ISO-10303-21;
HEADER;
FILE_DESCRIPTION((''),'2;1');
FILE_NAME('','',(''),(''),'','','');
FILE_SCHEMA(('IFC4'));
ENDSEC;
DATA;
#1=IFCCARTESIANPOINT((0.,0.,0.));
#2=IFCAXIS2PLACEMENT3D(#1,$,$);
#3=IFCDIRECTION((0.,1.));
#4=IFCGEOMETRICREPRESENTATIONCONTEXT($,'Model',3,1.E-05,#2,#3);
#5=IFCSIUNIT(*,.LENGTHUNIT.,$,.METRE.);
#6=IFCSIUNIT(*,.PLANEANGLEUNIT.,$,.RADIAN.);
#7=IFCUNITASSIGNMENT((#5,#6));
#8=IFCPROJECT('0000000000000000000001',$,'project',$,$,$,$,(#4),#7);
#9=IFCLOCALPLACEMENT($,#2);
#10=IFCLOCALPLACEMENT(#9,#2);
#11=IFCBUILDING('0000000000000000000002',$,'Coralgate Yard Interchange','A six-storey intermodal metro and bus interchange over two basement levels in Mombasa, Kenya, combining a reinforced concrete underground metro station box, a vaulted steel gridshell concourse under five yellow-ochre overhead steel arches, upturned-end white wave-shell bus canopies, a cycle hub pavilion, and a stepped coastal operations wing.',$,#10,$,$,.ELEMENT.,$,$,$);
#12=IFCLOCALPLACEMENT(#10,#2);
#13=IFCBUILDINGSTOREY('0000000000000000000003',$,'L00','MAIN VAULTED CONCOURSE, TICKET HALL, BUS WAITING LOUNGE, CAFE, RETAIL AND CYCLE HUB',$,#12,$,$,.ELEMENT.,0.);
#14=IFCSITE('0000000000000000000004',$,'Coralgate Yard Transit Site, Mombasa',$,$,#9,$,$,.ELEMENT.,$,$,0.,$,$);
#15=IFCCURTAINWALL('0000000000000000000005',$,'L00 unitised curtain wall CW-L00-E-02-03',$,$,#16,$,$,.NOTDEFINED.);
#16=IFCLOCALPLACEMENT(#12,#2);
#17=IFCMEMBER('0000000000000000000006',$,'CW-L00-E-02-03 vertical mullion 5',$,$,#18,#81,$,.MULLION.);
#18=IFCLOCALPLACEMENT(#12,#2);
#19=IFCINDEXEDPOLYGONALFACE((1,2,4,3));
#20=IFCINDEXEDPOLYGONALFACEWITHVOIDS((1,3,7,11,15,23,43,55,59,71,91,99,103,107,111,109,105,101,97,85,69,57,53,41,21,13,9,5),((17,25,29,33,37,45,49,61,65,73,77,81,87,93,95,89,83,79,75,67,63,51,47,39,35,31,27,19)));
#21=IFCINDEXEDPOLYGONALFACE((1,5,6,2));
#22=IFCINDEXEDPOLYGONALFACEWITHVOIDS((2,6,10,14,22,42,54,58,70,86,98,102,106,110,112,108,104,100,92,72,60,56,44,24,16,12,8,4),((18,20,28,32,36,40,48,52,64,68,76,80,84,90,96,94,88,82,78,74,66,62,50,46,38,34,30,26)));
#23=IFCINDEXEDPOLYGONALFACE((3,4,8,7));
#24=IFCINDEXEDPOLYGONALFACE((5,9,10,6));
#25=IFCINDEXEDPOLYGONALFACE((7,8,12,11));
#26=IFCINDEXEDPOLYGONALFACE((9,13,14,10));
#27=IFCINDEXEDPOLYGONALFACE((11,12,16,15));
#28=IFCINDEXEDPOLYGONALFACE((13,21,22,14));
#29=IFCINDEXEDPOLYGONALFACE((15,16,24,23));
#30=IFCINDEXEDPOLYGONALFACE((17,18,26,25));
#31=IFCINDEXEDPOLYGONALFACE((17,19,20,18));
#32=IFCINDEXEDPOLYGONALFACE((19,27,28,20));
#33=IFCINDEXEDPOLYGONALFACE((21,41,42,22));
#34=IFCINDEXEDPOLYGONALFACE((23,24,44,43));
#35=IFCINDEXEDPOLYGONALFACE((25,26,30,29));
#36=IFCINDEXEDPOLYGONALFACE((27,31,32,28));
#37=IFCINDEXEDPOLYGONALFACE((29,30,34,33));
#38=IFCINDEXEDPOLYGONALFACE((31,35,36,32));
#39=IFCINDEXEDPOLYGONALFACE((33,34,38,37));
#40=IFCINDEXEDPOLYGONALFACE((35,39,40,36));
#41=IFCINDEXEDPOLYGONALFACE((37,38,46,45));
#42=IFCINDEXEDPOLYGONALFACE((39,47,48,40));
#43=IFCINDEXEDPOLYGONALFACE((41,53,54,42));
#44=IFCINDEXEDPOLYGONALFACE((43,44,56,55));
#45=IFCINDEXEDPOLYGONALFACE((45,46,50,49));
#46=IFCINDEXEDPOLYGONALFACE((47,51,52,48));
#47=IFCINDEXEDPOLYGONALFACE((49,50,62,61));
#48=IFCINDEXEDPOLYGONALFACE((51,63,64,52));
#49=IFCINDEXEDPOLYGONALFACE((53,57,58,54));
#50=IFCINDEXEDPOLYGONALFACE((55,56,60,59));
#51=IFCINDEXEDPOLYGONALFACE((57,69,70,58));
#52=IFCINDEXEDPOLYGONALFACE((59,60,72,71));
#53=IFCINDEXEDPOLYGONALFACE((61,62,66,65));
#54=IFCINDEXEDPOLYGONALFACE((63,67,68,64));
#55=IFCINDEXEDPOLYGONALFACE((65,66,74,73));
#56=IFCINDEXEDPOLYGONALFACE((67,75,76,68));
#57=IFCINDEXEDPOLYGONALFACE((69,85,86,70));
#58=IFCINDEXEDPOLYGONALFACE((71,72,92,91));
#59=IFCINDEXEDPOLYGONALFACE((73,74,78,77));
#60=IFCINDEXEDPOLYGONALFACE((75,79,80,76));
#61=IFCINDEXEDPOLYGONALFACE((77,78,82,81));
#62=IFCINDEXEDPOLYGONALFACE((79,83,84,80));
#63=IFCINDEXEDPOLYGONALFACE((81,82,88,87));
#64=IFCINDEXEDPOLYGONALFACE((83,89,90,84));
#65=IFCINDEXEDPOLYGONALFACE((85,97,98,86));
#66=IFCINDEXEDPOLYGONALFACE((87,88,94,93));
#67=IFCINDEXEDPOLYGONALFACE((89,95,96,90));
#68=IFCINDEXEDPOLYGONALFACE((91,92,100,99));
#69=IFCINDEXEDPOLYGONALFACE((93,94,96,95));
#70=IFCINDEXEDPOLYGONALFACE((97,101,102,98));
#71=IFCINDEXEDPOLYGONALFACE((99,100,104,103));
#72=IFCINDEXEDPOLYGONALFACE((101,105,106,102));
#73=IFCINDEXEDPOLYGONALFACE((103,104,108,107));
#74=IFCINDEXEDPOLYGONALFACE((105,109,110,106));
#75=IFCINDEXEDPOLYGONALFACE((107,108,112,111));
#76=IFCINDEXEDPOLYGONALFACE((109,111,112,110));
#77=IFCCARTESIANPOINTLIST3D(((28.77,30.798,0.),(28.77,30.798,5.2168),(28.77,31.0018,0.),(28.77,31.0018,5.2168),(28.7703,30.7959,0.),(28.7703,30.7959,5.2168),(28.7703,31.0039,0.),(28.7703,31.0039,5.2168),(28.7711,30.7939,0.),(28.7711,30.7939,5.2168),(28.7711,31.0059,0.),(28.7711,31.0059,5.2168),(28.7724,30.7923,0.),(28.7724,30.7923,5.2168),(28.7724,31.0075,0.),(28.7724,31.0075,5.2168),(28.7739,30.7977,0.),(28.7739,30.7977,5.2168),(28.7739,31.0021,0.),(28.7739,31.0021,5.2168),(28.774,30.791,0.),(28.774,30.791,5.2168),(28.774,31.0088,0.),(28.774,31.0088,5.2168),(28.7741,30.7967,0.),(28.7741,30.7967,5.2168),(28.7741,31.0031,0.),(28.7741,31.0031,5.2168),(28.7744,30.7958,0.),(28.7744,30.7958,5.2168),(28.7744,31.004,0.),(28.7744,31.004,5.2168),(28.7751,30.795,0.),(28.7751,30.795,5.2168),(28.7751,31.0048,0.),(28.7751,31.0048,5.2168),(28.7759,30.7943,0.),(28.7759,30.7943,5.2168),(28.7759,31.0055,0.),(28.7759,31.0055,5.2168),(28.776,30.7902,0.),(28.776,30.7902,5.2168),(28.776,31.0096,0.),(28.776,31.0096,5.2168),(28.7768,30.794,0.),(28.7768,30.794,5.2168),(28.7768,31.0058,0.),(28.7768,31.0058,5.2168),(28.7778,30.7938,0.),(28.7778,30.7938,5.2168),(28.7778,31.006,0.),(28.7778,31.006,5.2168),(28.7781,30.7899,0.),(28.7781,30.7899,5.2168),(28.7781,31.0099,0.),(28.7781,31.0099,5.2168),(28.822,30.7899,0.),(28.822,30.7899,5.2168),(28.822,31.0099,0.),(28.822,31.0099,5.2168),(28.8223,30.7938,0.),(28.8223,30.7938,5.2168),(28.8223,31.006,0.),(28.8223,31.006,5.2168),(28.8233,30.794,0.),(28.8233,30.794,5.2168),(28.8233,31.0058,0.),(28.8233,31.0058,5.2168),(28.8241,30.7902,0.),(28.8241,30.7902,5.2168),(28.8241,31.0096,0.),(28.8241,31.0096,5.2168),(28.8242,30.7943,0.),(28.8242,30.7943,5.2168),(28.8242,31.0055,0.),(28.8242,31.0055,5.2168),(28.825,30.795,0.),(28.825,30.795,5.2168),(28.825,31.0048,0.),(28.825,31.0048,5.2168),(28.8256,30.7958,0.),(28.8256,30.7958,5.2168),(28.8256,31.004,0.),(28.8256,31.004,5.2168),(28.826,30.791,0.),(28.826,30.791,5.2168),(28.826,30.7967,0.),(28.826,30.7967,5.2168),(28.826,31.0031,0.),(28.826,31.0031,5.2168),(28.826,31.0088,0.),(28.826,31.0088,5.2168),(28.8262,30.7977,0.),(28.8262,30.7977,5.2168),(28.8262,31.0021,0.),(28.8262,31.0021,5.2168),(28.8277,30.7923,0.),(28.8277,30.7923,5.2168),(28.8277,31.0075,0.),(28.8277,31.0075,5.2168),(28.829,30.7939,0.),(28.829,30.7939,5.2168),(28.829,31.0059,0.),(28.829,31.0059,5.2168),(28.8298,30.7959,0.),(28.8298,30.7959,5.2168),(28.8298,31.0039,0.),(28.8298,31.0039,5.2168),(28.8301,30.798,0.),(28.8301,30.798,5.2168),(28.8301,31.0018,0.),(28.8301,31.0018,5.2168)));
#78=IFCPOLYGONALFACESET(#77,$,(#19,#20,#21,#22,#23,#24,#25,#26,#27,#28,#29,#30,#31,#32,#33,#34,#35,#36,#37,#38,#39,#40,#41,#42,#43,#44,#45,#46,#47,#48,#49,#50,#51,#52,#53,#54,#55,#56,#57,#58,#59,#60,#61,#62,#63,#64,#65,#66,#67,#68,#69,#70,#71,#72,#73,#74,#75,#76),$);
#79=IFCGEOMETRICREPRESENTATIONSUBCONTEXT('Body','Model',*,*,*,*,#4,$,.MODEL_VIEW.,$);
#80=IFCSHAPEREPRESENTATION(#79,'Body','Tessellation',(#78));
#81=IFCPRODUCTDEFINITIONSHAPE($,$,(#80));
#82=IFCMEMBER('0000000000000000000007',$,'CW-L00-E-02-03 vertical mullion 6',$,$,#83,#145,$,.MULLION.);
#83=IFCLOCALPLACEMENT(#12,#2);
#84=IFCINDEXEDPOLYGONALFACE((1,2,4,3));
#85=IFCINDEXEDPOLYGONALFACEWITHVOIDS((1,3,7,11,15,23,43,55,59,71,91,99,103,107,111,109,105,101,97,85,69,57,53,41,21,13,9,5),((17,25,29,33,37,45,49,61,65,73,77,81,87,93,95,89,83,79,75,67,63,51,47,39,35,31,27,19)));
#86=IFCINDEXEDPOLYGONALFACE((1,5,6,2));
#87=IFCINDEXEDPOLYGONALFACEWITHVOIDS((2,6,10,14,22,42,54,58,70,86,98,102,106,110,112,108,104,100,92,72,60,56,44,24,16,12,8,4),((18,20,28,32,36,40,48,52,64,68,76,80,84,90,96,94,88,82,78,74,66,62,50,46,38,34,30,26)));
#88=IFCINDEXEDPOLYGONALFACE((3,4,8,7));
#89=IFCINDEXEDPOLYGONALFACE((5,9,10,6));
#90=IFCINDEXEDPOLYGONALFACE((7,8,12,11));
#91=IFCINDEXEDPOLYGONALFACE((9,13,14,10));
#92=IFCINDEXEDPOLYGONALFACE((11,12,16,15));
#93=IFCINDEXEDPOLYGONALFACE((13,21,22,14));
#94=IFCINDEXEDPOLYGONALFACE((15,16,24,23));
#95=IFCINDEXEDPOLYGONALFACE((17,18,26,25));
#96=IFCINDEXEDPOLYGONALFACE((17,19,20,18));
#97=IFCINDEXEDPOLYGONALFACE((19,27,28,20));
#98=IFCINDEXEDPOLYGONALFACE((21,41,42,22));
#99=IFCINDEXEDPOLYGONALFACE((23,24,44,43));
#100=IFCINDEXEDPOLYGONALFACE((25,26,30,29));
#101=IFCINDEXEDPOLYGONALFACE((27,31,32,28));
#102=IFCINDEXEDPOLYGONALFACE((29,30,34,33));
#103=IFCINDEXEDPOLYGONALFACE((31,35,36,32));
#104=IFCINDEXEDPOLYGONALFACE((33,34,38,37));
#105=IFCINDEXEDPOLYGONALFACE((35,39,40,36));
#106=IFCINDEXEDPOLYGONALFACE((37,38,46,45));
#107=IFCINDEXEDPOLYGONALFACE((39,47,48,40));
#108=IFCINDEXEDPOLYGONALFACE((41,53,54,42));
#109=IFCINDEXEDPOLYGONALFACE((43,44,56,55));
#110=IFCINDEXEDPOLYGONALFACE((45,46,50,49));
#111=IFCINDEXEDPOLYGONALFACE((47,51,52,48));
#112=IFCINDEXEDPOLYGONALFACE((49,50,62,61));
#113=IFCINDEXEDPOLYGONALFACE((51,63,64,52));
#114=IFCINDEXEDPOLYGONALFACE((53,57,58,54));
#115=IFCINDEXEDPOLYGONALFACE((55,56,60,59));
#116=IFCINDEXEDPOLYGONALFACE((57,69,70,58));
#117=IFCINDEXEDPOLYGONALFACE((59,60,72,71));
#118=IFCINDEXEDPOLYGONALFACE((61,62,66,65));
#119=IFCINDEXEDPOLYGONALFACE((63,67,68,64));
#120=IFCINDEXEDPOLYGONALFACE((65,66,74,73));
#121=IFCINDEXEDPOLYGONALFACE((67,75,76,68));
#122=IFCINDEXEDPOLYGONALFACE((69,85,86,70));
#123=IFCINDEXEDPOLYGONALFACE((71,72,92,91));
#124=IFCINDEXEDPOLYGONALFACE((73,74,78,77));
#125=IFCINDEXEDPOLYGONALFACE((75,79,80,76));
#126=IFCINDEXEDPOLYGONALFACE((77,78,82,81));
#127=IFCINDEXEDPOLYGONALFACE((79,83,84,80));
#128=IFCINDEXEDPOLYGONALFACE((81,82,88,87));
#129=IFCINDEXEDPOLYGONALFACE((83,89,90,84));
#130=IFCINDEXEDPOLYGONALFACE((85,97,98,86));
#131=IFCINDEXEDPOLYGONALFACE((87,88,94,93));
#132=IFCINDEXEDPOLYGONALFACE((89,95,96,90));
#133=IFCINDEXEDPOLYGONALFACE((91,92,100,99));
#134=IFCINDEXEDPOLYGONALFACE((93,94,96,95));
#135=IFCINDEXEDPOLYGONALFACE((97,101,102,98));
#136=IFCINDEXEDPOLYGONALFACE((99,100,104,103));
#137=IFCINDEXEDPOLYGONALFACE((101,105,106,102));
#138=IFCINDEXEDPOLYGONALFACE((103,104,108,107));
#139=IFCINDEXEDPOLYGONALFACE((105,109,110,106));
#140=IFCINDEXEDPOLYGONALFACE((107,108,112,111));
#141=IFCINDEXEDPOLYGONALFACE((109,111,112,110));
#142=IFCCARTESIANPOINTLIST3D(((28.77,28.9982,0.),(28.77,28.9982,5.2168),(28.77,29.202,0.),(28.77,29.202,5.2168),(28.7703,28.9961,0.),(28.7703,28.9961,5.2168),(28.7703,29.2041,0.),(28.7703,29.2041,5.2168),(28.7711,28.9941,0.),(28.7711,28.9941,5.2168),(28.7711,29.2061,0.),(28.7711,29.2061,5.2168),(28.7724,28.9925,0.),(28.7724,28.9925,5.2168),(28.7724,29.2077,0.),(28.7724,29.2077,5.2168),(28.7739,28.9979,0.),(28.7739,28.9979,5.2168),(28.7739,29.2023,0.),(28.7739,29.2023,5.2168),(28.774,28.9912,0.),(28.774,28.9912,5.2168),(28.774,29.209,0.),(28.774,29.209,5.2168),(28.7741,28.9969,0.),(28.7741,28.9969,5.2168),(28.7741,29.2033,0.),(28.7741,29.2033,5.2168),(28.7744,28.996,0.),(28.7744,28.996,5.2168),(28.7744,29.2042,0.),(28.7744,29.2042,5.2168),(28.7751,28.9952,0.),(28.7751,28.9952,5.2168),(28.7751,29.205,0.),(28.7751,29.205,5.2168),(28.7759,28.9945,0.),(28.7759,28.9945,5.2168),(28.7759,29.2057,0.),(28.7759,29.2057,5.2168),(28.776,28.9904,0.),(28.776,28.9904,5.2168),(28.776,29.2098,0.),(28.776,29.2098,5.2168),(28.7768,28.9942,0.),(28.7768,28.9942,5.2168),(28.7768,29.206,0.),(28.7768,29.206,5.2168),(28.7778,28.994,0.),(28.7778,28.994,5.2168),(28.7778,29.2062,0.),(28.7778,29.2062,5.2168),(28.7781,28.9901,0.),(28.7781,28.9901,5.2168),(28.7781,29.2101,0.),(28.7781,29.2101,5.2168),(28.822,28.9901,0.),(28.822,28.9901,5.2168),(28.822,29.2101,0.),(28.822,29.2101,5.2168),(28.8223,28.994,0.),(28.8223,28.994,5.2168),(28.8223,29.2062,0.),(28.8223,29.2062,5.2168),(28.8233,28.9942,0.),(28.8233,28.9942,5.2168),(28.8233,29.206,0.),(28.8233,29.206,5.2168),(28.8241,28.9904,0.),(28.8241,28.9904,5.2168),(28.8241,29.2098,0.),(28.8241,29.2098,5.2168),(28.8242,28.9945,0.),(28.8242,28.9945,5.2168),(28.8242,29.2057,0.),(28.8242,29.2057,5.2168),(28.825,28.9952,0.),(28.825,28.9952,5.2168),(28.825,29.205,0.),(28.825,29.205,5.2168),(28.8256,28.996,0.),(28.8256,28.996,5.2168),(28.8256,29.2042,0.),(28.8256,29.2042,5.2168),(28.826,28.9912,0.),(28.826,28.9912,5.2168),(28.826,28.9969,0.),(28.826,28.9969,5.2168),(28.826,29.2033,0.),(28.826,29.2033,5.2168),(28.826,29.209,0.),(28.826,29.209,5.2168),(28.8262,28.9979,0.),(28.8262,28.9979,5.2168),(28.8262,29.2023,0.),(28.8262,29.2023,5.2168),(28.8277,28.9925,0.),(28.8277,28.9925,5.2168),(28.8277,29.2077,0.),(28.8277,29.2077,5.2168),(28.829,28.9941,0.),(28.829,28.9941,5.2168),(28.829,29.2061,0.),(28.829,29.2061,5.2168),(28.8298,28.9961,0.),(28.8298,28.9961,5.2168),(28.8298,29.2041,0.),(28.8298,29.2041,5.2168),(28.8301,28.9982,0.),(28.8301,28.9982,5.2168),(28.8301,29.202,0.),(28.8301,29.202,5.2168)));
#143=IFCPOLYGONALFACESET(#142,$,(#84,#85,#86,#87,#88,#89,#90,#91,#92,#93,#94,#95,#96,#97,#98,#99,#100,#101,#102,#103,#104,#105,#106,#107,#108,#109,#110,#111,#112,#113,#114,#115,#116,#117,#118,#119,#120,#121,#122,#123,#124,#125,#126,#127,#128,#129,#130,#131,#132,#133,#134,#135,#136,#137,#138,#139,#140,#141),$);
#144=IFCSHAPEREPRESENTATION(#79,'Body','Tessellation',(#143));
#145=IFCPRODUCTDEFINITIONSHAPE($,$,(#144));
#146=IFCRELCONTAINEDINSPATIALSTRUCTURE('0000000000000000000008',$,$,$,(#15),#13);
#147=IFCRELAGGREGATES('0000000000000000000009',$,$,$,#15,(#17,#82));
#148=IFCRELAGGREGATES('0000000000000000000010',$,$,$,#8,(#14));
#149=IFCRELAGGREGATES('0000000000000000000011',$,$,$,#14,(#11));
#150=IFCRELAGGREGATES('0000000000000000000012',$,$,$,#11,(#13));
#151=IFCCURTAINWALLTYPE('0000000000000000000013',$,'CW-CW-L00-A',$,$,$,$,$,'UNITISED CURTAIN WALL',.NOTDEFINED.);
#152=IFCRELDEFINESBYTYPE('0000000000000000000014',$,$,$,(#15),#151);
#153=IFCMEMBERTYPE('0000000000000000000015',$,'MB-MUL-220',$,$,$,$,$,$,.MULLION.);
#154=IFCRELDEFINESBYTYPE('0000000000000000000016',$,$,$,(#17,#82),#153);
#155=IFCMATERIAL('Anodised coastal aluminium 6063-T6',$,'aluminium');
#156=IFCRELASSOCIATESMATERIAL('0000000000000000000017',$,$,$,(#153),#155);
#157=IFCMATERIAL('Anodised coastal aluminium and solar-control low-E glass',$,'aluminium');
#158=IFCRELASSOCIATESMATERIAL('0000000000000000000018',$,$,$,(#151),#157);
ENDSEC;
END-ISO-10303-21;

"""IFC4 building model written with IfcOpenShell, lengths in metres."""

from ifc_helpers import new_model, si_unit, direction, frame, origin, origin_2d, place, context, subcontext, project, spatial, hollow_rectangle, extrude, material, material_profile, profile_set, type_object, element, aggregate, save


model = new_model("IFC4")

# Units and contexts
model_context = context("Model", 3, precision=1e-05, world=origin(), true_north=direction((0.0, 1.0)))
body_context = subcontext(model_context, "Body", "Model", "MODEL_VIEW")
ifc_project = project(units=[si_unit("LENGTHUNIT", "METRE"), si_unit("PLANEANGLEUNIT", "RADIAN")], contexts=[model_context])

# Site, building, storey
site_placement = place(None, origin())
site = spatial("IfcSite", under=ifc_project, at=site_placement, Name="Coralgate Yard Transit Site, Mombasa", CompositionType="ELEMENT", RefElevation=0.0)
building_placement = place(site_placement, origin())
building = spatial("IfcBuilding", under=site, at=building_placement, Name="Coralgate Yard Interchange", Description="A six-storey intermodal metro and bus interchange over two basement levels in Mombasa, Kenya, combining a reinforced concrete underground metro station box, a vaulted steel gridshell concourse under five yellow-ochre overhead steel arches, upturned-end white wave-shell bus canopies, a cycle hub pavilion, and a stepped coastal operations wing.", CompositionType="ELEMENT")
storey_placement = place(building_placement, origin())
storey = spatial("IfcBuildingStorey", under=building, at=storey_placement, Name="L00", Description="MAIN VAULTED CONCOURSE, TICKET HALL, BUS WAITING LOUNGE, CAFE, RETAIL AND CYCLE HUB", CompositionType="ELEMENT", Elevation=0.0)

# Curtain wall, members
ifc_material_1 = material(Name="Anodised coastal aluminium and solar-control low-E glass", Category="aluminium")
ifc_material_2 = material(Name="Anodised coastal aluminium 6063-T6", Category="aluminium")
ifc_material_profile_1 = material_profile(ifc_material_2, hollow_rectangle(XDim=0.0601, YDim=0.22, WallThickness=0.0039, InnerFilletRadius=0.0039, OuterFilletRadius=0.0081, at=origin_2d()), Name="ALU 60x220x4")
ifc_profile_set_1 = profile_set([ifc_material_profile_1], Name="Anodised coastal aluminium 6063-T6")
member_type_1 = type_object("IfcMemberType", Name="MB-MUL-220", PredefinedType="MULLION", material=ifc_profile_set_1)
curtain_wall_type_1 = type_object("IfcCurtainWallType", Name="CW-CW-L00-A", ElementType="UNITISED CURTAIN WALL", PredefinedType="NOTDEFINED", material=ifc_material_1)
curtain_wall_1_placement = place(storey_placement, origin())
curtain_wall_1 = element("IfcCurtainWall", 1, at=curtain_wall_1_placement, inside=storey, type_object=curtain_wall_type_1, Name="L00 unitised curtain wall CW-L00-E-02-03", PredefinedType="NOTDEFINED")
member_1_placement = place(storey_placement, frame((28.8, 30.8999, 0.0), z_axis=(0.0, 0.0, 1.0), x_axis=(1.0, 0.0, 0.0)))
member_1 = element("IfcMember", 2, at=member_1_placement, type_object=member_type_1, Name="CW-L00-E-02-03 vertical mullion 5", PredefinedType="MULLION", context=body_context, shape_type="SweptSolid", body=[
    extrude(hollow_rectangle(XDim=0.0601, YDim=0.22, WallThickness=0.0039, InnerFilletRadius=0.0039, OuterFilletRadius=0.0081, at=origin_2d()), origin(), (0.0, 0.0, 1.0), 5.2168),
])
member_2_placement = place(storey_placement, frame((28.8, 29.1001, 0.0), z_axis=(0.0, 0.0, 1.0), x_axis=(1.0, 0.0, 0.0)))
member_2 = element("IfcMember", 3, at=member_2_placement, type_object=member_type_1, Name="CW-L00-E-02-03 vertical mullion 6", PredefinedType="MULLION", context=body_context, shape_type="SweptSolid", body=[
    extrude(hollow_rectangle(XDim=0.0601, YDim=0.22, WallThickness=0.0039, InnerFilletRadius=0.0039, OuterFilletRadius=0.0081, at=origin_2d()), origin(), (0.0, 0.0, 1.0), 5.2168),
])

aggregate(curtain_wall_1, [member_1, member_2])

save(model, "model.ifc")
